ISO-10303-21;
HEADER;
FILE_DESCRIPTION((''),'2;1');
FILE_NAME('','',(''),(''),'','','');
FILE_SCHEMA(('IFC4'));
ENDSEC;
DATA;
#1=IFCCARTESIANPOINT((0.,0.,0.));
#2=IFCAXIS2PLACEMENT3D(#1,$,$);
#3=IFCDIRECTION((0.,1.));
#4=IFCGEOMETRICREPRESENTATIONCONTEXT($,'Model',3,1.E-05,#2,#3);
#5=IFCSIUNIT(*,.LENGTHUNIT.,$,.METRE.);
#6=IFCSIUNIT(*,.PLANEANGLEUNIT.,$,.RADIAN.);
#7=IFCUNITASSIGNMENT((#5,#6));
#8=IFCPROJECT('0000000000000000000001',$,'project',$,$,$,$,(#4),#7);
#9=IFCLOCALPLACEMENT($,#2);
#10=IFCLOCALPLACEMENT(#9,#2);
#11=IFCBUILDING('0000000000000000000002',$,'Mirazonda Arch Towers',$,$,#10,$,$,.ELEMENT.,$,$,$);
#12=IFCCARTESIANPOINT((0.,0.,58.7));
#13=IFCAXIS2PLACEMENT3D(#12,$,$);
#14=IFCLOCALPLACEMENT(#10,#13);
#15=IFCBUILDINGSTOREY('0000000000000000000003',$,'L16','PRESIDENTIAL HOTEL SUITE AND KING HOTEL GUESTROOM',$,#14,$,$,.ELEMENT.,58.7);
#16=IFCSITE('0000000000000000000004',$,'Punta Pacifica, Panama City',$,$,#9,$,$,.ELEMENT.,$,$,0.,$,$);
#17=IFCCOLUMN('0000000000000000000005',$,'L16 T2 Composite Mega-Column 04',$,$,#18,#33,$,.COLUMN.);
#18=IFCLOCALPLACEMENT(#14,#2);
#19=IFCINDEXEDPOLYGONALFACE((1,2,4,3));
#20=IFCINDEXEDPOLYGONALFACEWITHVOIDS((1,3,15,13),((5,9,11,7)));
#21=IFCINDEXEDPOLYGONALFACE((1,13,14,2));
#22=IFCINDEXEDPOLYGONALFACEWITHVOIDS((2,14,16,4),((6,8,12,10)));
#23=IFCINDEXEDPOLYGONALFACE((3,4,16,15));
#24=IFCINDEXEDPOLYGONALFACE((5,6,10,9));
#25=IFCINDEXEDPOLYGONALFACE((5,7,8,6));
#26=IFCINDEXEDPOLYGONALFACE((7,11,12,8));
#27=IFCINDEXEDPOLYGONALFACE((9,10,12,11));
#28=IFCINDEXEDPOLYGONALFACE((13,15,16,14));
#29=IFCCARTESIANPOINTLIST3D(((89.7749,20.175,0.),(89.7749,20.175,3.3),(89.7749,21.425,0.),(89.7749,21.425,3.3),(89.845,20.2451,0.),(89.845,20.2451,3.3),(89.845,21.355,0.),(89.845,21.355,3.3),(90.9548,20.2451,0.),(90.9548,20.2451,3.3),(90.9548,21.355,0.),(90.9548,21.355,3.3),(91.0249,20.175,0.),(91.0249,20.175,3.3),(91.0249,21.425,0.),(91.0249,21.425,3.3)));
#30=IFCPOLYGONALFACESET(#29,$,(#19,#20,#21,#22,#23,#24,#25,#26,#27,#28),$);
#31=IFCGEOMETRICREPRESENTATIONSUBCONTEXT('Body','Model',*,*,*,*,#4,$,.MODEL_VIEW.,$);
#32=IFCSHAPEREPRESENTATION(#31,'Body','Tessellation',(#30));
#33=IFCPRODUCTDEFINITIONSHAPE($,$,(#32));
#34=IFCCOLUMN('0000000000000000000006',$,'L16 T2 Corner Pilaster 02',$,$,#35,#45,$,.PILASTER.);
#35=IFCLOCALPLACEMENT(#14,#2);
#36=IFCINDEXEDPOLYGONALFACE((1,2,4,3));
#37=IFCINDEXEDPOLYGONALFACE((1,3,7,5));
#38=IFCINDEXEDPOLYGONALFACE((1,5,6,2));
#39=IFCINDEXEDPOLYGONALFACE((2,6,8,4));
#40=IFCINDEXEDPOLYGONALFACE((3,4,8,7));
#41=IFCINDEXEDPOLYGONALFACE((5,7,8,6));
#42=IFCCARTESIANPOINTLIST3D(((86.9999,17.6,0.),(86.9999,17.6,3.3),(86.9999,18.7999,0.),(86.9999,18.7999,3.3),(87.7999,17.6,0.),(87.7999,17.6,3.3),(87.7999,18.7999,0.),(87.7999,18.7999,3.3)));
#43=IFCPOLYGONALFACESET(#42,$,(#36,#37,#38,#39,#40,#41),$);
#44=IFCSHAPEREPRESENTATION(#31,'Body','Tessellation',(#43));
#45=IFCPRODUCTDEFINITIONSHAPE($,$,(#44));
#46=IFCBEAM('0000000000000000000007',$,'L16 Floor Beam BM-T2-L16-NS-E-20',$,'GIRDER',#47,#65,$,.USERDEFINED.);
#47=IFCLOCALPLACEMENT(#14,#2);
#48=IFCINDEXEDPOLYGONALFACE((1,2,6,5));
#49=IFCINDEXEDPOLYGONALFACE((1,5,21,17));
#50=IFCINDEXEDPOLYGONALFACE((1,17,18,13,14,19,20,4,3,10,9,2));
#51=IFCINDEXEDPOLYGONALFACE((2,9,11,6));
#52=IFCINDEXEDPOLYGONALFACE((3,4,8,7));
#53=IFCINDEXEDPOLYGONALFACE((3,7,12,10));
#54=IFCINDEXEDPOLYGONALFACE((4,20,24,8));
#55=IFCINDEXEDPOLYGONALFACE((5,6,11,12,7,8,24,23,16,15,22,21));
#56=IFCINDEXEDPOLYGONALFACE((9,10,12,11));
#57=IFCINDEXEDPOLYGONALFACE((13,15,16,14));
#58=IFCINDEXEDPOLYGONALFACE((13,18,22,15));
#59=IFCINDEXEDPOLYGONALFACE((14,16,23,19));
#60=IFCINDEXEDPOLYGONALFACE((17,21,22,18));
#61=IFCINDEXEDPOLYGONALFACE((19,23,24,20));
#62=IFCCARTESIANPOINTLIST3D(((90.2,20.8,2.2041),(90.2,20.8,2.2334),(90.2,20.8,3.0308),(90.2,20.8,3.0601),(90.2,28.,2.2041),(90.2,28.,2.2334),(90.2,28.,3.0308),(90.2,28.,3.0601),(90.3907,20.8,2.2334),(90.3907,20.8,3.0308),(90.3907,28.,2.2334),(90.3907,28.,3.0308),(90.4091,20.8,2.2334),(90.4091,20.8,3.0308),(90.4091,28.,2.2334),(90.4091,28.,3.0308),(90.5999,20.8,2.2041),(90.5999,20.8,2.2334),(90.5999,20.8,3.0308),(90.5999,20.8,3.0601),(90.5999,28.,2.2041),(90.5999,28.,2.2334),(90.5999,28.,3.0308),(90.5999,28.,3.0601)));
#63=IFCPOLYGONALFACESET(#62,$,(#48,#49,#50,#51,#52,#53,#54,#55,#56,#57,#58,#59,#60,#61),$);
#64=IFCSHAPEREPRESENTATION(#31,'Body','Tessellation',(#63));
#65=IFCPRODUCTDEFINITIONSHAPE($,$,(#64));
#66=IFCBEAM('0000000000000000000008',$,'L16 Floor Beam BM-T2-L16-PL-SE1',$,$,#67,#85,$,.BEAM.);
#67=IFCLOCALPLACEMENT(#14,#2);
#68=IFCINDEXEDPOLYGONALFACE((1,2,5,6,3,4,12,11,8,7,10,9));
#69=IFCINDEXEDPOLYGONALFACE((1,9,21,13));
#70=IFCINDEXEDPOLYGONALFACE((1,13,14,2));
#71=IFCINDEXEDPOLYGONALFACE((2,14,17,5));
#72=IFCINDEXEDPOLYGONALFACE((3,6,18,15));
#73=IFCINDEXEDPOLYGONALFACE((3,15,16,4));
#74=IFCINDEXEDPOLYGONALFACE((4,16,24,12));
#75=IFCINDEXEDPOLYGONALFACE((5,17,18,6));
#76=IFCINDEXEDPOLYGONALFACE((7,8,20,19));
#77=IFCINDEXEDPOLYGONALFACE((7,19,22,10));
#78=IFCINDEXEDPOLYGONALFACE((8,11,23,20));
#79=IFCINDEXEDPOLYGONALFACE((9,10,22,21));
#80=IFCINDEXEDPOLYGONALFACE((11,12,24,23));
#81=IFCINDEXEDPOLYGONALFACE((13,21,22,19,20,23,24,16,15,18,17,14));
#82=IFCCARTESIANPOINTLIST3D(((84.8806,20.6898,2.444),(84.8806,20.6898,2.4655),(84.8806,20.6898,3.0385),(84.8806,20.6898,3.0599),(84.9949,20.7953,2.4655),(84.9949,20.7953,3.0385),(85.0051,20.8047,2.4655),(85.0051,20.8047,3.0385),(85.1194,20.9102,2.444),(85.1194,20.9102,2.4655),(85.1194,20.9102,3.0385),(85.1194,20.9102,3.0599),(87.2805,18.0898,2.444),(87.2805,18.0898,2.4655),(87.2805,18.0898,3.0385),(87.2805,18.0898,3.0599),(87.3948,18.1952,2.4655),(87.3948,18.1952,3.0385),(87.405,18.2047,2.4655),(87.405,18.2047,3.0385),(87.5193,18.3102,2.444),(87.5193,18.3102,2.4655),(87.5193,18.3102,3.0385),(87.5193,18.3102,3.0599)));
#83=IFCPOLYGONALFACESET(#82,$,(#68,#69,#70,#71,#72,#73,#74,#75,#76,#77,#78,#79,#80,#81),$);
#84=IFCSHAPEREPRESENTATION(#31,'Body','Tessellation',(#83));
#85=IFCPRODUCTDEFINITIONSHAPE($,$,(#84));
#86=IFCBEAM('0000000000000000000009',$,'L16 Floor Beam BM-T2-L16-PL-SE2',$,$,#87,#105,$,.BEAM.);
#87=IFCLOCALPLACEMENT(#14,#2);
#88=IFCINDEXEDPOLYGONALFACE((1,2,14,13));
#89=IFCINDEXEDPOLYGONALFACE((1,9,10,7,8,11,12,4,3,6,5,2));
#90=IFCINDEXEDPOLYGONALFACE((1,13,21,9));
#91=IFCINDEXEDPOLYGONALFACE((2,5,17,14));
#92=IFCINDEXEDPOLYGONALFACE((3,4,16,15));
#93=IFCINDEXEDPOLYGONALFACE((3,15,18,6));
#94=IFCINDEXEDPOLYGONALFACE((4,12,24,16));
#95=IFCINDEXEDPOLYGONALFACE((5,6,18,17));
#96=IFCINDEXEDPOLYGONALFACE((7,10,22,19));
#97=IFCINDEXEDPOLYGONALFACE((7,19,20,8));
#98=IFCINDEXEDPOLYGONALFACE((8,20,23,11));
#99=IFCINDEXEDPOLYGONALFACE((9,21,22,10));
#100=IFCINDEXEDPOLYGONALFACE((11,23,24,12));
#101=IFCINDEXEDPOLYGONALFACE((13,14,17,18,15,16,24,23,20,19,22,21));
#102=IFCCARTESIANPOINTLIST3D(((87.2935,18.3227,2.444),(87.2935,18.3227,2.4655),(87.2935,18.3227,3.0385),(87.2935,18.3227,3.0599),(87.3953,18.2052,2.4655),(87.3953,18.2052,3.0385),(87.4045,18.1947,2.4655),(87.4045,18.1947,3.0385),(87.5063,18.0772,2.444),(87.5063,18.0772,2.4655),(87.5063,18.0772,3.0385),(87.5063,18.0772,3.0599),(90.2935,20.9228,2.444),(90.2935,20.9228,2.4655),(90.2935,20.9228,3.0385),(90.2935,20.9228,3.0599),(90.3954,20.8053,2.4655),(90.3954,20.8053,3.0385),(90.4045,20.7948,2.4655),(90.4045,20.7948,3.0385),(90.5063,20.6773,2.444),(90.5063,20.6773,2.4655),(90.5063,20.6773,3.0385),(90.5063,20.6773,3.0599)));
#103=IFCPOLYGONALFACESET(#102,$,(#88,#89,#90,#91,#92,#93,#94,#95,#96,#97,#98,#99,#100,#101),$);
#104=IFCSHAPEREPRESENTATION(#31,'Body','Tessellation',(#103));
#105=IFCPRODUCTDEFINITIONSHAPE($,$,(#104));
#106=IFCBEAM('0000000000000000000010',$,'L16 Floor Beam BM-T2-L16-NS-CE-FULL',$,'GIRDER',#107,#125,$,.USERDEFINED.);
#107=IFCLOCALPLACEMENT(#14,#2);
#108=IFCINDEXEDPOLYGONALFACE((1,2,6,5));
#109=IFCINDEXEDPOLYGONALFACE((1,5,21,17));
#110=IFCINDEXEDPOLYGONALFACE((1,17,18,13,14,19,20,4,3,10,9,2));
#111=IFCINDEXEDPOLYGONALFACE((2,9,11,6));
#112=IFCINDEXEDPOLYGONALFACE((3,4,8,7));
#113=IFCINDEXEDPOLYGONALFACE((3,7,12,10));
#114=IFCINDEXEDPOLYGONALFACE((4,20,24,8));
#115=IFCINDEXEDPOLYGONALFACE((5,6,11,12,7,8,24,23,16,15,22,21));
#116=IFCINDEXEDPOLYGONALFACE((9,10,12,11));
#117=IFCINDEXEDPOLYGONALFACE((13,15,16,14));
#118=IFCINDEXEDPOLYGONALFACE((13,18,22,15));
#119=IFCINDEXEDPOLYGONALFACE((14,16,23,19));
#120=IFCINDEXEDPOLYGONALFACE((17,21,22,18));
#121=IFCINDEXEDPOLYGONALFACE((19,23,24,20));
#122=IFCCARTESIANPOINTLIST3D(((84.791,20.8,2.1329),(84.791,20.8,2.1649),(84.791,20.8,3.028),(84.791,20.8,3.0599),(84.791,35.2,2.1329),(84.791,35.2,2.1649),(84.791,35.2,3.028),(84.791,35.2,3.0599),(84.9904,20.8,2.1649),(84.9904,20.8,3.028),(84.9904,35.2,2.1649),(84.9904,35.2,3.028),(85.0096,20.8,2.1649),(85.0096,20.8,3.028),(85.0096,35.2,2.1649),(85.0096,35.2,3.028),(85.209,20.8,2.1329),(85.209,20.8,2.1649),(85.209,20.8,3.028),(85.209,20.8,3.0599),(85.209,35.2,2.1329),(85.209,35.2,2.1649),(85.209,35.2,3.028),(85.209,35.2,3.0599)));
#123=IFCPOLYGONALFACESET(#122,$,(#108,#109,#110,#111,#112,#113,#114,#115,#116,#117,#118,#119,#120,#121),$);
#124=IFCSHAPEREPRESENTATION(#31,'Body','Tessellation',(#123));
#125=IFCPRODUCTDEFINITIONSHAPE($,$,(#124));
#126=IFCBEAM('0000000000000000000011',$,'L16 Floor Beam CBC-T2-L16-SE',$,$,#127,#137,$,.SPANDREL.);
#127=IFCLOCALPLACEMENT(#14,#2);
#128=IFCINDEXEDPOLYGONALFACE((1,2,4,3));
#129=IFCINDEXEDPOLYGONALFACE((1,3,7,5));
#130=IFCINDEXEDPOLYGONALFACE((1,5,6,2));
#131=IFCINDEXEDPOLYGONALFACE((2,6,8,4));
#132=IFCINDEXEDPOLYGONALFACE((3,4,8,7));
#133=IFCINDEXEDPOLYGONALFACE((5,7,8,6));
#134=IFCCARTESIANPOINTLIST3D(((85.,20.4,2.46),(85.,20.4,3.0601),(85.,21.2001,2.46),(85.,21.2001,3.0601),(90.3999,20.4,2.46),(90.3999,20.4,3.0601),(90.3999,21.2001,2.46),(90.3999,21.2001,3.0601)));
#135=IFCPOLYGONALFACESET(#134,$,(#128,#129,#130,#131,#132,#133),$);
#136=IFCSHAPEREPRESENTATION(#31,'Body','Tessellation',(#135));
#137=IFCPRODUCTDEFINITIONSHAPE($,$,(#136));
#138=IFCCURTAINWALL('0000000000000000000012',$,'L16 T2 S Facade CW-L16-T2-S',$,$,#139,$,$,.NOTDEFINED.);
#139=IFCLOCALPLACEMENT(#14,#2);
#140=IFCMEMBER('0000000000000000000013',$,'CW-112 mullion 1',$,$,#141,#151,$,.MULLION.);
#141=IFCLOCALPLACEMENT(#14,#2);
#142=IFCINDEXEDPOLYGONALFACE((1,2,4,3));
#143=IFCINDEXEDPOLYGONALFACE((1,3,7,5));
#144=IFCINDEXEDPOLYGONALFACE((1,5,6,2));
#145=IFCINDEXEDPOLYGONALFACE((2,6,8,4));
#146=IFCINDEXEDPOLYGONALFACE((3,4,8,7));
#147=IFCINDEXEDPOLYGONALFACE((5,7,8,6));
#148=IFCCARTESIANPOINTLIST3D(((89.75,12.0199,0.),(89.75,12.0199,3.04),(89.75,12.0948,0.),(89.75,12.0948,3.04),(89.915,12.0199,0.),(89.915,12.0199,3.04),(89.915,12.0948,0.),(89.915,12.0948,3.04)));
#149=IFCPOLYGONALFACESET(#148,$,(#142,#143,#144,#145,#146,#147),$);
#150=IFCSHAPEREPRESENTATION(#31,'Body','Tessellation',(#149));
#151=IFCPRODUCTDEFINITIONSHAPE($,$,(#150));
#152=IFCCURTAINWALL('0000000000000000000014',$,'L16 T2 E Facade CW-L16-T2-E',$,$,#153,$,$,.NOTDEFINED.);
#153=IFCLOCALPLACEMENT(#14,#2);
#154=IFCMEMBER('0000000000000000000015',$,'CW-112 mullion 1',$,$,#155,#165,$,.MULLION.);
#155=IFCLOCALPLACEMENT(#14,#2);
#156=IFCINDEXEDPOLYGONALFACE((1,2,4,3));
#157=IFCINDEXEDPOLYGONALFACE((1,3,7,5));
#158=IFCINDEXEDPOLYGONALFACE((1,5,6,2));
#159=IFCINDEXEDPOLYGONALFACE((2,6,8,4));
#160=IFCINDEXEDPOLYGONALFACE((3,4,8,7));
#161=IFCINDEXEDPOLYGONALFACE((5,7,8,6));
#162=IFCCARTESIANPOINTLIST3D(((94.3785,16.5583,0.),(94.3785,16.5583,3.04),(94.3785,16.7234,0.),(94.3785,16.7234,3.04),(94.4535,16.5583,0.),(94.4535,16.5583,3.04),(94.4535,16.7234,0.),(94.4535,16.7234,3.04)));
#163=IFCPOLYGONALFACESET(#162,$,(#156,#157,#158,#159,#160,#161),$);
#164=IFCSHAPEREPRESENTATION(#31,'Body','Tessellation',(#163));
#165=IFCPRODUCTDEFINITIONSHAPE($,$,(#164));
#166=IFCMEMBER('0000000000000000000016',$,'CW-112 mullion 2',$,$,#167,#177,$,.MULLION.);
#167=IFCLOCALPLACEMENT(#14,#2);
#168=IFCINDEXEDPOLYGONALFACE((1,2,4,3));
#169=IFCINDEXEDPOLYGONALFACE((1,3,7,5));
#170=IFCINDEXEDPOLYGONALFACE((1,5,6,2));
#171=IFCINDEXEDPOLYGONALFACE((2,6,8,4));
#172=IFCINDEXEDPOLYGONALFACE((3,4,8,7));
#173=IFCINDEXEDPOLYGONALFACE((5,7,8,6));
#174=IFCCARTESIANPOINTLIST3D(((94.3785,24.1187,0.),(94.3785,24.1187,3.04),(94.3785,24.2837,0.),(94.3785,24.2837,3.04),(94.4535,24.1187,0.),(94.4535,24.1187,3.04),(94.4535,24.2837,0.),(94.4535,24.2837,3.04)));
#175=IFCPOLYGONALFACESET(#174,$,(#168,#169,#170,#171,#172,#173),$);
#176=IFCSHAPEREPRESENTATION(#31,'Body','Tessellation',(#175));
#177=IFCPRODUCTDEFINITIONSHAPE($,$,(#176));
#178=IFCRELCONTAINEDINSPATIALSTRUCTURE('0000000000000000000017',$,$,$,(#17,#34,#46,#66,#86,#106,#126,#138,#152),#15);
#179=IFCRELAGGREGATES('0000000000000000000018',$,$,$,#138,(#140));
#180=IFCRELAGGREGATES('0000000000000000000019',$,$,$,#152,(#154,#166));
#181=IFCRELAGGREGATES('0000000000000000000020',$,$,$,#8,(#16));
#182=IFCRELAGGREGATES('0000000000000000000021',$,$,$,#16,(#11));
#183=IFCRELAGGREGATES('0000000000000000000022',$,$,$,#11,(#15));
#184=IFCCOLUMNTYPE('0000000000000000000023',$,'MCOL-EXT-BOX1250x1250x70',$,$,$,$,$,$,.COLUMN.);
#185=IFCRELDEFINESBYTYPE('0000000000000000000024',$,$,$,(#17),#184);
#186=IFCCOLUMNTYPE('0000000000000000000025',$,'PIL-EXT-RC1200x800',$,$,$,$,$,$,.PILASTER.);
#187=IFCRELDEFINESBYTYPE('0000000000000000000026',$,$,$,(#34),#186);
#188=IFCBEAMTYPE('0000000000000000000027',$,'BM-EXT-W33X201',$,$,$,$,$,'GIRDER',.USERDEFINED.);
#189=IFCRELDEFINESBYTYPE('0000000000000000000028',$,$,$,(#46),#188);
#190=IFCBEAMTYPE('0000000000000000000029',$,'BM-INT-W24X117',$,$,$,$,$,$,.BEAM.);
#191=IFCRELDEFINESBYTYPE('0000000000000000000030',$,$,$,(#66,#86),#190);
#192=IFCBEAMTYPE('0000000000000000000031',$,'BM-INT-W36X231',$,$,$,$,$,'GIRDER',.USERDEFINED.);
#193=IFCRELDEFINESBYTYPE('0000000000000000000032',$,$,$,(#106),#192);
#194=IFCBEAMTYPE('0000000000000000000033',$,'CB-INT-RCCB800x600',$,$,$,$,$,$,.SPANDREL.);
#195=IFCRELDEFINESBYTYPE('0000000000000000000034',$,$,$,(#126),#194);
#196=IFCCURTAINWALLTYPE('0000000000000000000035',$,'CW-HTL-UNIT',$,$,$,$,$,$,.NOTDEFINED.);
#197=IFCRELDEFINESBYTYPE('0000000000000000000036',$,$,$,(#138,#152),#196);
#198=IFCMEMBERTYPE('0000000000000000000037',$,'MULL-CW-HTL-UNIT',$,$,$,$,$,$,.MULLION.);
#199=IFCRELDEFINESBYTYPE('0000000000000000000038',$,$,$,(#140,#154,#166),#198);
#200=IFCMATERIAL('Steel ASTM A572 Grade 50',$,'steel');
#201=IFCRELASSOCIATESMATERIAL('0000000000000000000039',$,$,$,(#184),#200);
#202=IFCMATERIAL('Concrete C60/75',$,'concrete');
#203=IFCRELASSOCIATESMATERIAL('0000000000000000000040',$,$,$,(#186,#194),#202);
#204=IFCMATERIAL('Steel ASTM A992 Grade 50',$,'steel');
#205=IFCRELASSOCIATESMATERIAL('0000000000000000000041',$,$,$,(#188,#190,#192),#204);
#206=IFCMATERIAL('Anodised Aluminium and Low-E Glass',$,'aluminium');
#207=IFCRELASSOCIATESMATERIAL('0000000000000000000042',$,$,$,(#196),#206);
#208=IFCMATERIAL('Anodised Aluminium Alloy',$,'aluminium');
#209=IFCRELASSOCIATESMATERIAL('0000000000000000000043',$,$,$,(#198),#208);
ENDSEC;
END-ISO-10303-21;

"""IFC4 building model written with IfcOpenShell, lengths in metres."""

from ifc_helpers import new_model, si_unit, direction, frame, origin, origin_2d, place, context, subcontext, project, spatial, rectangle, hollow_rectangle, i_section, extrude, material, material_profile, profile_set, type_object, element, aggregate, save


model = new_model("IFC4")

# Units and contexts
model_context = context("Model", 3, precision=1e-05, world=origin(), true_north=direction((0.0, 1.0)))
body_context = subcontext(model_context, "Body", "Model", "MODEL_VIEW")
ifc_project = project(units=[si_unit("LENGTHUNIT", "METRE"), si_unit("PLANEANGLEUNIT", "RADIAN")], contexts=[model_context])

# Site, building, storey
site_placement = place(None, origin())
site = spatial("IfcSite", under=ifc_project, at=site_placement, Name="Punta Pacifica, Panama City", CompositionType="ELEMENT", RefElevation=0.0)
building_placement = place(site_placement, origin())
building = spatial("IfcBuilding", under=site, at=building_placement, Name="Mirazonda Arch Towers", CompositionType="ELEMENT")
storey_placement = place(building_placement, frame((0.0, 0.0, 58.7)))
storey = spatial("IfcBuildingStorey", under=building, at=storey_placement, Name="L16", Description="PRESIDENTIAL HOTEL SUITE AND KING HOTEL GUESTROOM", CompositionType="ELEMENT", Elevation=58.7)

# Columns
ifc_material_1 = material(Name="Steel ASTM A572 Grade 50", Category="steel")
ifc_material_profile_1 = material_profile(ifc_material_1, hollow_rectangle(XDim=1.25, YDim=1.25, WallThickness=0.0701, at=origin_2d()), Name="BOX1250x1250x70")
ifc_profile_set_1 = profile_set([ifc_material_profile_1], Name="Steel ASTM A572 Grade 50")
column_type_1 = type_object("IfcColumnType", Name="MCOL-EXT-BOX1250x1250x70", PredefinedType="COLUMN", material=ifc_profile_set_1)
column_1_placement = place(storey_placement, frame((90.3999, 20.8, 0.0), z_axis=(0.0, 0.0, 1.0), x_axis=(1.0, 0.0, 0.0)))
element("IfcColumn", 1, at=column_1_placement, inside=storey, type_object=column_type_1, Name="L16 T2 Composite Mega-Column 04", PredefinedType="COLUMN", context=body_context, shape_type="SweptSolid", body=[
    extrude(hollow_rectangle(XDim=1.25, YDim=1.25, WallThickness=0.0701, at=origin_2d()), origin(), (0.0, 0.0, 1.0), 3.3),
])
ifc_material_2 = material(Name="Concrete C60/75", Category="concrete")
ifc_material_profile_2 = material_profile(ifc_material_2, rectangle(XDim=0.8, YDim=1.2, at=origin_2d()), Name="RC1200x800")
ifc_profile_set_2 = profile_set([ifc_material_profile_2], Name="Concrete C60/75")
column_type_2 = type_object("IfcColumnType", Name="PIL-EXT-RC1200x800", PredefinedType="PILASTER", material=ifc_profile_set_2)
column_2_placement = place(storey_placement, frame((87.3999, 18.2, 0.0), z_axis=(0.0, 0.0, 1.0), x_axis=(1.0, 0.0, 0.0)))
element("IfcColumn", 2, at=column_2_placement, inside=storey, type_object=column_type_2, Name="L16 T2 Corner Pilaster 02", PredefinedType="PILASTER", context=body_context, shape_type="SweptSolid", body=[
    extrude(rectangle(XDim=0.8, YDim=1.2, at=origin_2d()), origin(), (0.0, 0.0, 1.0), 3.3),
])

# Beams
ifc_material_3 = material(Name="Steel ASTM A992 Grade 50", Category="steel")
ifc_material_profile_3 = material_profile(ifc_material_3, i_section(OverallWidth=0.3999, OverallDepth=0.856, WebThickness=0.0183, FlangeThickness=0.0293, at=origin_2d()), Name="W33X201")
ifc_profile_set_3 = profile_set([ifc_material_profile_3], Name="Steel ASTM A992 Grade 50")
beam_type_1 = type_object("IfcBeamType", Name="BM-EXT-W33X201", ElementType="GIRDER", PredefinedType="USERDEFINED", material=ifc_profile_set_3)
beam_1_placement = place(storey_placement, frame((90.3999, 20.8, 2.6321), z_axis=(0.0, 1.0, 0.0), x_axis=(-1.0, 0.0, 0.0)))
element("IfcBeam", 3, at=beam_1_placement, inside=storey, type_object=beam_type_1, Name="L16 Floor Beam BM-T2-L16-NS-E-20", ObjectType="GIRDER", PredefinedType="USERDEFINED", context=body_context, shape_type="SweptSolid", body=[
    extrude(i_section(OverallWidth=0.3999, OverallDepth=0.856, WebThickness=0.0183, FlangeThickness=0.0293, at=origin_2d()), origin(), (0.0, 0.0, 1.0), 7.2),
])
ifc_material_profile_4 = material_profile(ifc_material_3, i_section(OverallWidth=0.325, OverallDepth=0.616, WebThickness=0.0139, FlangeThickness=0.0215, at=origin_2d()), Name="W24X117")
ifc_profile_set_4 = profile_set([ifc_material_profile_4], Name="Steel ASTM A992 Grade 50")
beam_type_2 = type_object("IfcBeamType", Name="BM-INT-W24X117", PredefinedType="BEAM", material=ifc_profile_set_4)
beam_2_placement = place(storey_placement, frame((87.3999, 18.2, 2.752), z_axis=(-0.678251, 0.73483, 0.0), x_axis=(-0.73483, -0.678251, 0.0)))
element("IfcBeam", 4, at=beam_2_placement, inside=storey, type_object=beam_type_2, Name="L16 Floor Beam BM-T2-L16-PL-SE1", PredefinedType="BEAM", context=body_context, shape_type="SweptSolid", body=[
    extrude(i_section(OverallWidth=0.325, OverallDepth=0.616, WebThickness=0.0139, FlangeThickness=0.0215, at=origin_2d()), origin(), (0.0, 0.0, 1.0), 3.5383),
])
beam_3_placement = place(storey_placement, frame((87.3999, 18.2, 2.752), z_axis=(0.755677, 0.654945, 0.0), x_axis=(-0.654945, 0.755677, 0.0)))
element("IfcBeam", 5, at=beam_3_placement, inside=storey, type_object=beam_type_2, Name="L16 Floor Beam BM-T2-L16-PL-SE2", PredefinedType="BEAM", context=body_context, shape_type="SweptSolid", body=[
    extrude(i_section(OverallWidth=0.325, OverallDepth=0.616, WebThickness=0.0139, FlangeThickness=0.0215, at=origin_2d()), origin(), (0.0, 0.0, 1.0), 3.97),
])
ifc_material_profile_5 = material_profile(ifc_material_3, i_section(OverallWidth=0.418, OverallDepth=0.927, WebThickness=0.0193, FlangeThickness=0.032, at=origin_2d()), Name="W36X231")
ifc_profile_set_5 = profile_set([ifc_material_profile_5], Name="Steel ASTM A992 Grade 50")
beam_type_3 = type_object("IfcBeamType", Name="BM-INT-W36X231", ElementType="GIRDER", PredefinedType="USERDEFINED", material=ifc_profile_set_5)
beam_4_placement = place(storey_placement, frame((85.0, 20.8, 2.5964), z_axis=(0.0, 1.0, 0.0), x_axis=(-1.0, 0.0, 0.0)))
element("IfcBeam", 6, at=beam_4_placement, inside=storey, type_object=beam_type_3, Name="L16 Floor Beam BM-T2-L16-NS-CE-FULL", ObjectType="GIRDER", PredefinedType="USERDEFINED", context=body_context, shape_type="SweptSolid", body=[
    extrude(i_section(OverallWidth=0.418, OverallDepth=0.927, WebThickness=0.0193, FlangeThickness=0.032, at=origin_2d()), origin(), (0.0, 0.0, 1.0), 14.3999),
])
ifc_material_profile_6 = material_profile(ifc_material_2, rectangle(XDim=0.8, YDim=0.6001, at=origin_2d()), Name="RCCB800x600")
ifc_profile_set_6 = profile_set([ifc_material_profile_6], Name="Concrete C60/75")
beam_type_4 = type_object("IfcBeamType", Name="CB-INT-RCCB800x600", PredefinedType="SPANDREL", material=ifc_profile_set_6)
beam_5_placement = place(storey_placement, frame((85.0, 20.8, 2.76), z_axis=(1.0, 0.0, 0.0), x_axis=(0.0, 1.0, 0.0)))
element("IfcBeam", 7, at=beam_5_placement, inside=storey, type_object=beam_type_4, Name="L16 Floor Beam CBC-T2-L16-SE", PredefinedType="SPANDREL", context=body_context, shape_type="SweptSolid", body=[
    extrude(rectangle(XDim=0.8, YDim=0.6001, at=origin_2d()), origin(), (0.0, 0.0, 1.0), 5.3999),
])

# Curtain wall, member
ifc_material_4 = material(Name="Anodised Aluminium and Low-E Glass", Category="aluminium")
curtain_wall_type = type_object("IfcCurtainWallType", Name="CW-HTL-UNIT", PredefinedType="NOTDEFINED", material=ifc_material_4)
curtain_wall_1_placement = place(storey_placement, origin())
curtain_wall_1 = element("IfcCurtainWall", 8, at=curtain_wall_1_placement, inside=storey, type_object=curtain_wall_type, Name="L16 T2 S Facade CW-L16-T2-S", PredefinedType="NOTDEFINED")
ifc_material_5 = material(Name="Anodised Aluminium Alloy", Category="aluminium")
ifc_material_profile_7 = material_profile(ifc_material_5, rectangle(XDim=0.075, YDim=0.165, at=origin_2d()), Name="ALU-MULL-75x165")
ifc_profile_set_7 = profile_set([ifc_material_profile_7], Name="Anodised Aluminium Alloy")
member_type_1 = type_object("IfcMemberType", Name="MULL-CW-HTL-UNIT", PredefinedType="MULLION", material=ifc_profile_set_7)
member_1_placement = place(storey_placement, frame((89.8325, 12.0574, 0.0), z_axis=(0.0, 0.0, 1.0), x_axis=(0.0, -1.0, 0.0)))
member_1 = element("IfcMember", 9, at=member_1_placement, type_object=member_type_1, Name="CW-112 mullion 1", PredefinedType="MULLION", context=body_context, shape_type="SweptSolid", body=[
    extrude(rectangle(XDim=0.075, YDim=0.165, at=origin_2d()), origin(), (0.0, 0.0, 1.0), 3.04),
])

# Curtain wall, members
curtain_wall_2_placement = place(storey_placement, origin())
curtain_wall_2 = element("IfcCurtainWall", 10, at=curtain_wall_2_placement, inside=storey, type_object=curtain_wall_type, Name="L16 T2 E Facade CW-L16-T2-E", PredefinedType="NOTDEFINED")
member_2_placement = place(storey_placement, frame((94.416, 16.6409, 0.0), z_axis=(0.0, 0.0, 1.0), x_axis=(-1.0, 0.0, 0.0)))
member_2 = element("IfcMember", 11, at=member_2_placement, type_object=member_type_1, Name="CW-112 mullion 1", PredefinedType="MULLION", context=body_context, shape_type="SweptSolid", body=[
    extrude(rectangle(XDim=0.075, YDim=0.165, at=origin_2d()), origin(), (0.0, 0.0, 1.0), 3.04),
])
member_3_placement = place(storey_placement, frame((94.416, 24.2012, 0.0), z_axis=(0.0, 0.0, 1.0), x_axis=(-1.0, 0.0, 0.0)))
member_3 = element("IfcMember", 12, at=member_3_placement, type_object=member_type_1, Name="CW-112 mullion 2", PredefinedType="MULLION", context=body_context, shape_type="SweptSolid", body=[
    extrude(rectangle(XDim=0.075, YDim=0.165, at=origin_2d()), origin(), (0.0, 0.0, 1.0), 3.04),
])

aggregate(curtain_wall_1, [member_1])
aggregate(curtain_wall_2, [member_2, member_3])

save(model, "model.ifc")
